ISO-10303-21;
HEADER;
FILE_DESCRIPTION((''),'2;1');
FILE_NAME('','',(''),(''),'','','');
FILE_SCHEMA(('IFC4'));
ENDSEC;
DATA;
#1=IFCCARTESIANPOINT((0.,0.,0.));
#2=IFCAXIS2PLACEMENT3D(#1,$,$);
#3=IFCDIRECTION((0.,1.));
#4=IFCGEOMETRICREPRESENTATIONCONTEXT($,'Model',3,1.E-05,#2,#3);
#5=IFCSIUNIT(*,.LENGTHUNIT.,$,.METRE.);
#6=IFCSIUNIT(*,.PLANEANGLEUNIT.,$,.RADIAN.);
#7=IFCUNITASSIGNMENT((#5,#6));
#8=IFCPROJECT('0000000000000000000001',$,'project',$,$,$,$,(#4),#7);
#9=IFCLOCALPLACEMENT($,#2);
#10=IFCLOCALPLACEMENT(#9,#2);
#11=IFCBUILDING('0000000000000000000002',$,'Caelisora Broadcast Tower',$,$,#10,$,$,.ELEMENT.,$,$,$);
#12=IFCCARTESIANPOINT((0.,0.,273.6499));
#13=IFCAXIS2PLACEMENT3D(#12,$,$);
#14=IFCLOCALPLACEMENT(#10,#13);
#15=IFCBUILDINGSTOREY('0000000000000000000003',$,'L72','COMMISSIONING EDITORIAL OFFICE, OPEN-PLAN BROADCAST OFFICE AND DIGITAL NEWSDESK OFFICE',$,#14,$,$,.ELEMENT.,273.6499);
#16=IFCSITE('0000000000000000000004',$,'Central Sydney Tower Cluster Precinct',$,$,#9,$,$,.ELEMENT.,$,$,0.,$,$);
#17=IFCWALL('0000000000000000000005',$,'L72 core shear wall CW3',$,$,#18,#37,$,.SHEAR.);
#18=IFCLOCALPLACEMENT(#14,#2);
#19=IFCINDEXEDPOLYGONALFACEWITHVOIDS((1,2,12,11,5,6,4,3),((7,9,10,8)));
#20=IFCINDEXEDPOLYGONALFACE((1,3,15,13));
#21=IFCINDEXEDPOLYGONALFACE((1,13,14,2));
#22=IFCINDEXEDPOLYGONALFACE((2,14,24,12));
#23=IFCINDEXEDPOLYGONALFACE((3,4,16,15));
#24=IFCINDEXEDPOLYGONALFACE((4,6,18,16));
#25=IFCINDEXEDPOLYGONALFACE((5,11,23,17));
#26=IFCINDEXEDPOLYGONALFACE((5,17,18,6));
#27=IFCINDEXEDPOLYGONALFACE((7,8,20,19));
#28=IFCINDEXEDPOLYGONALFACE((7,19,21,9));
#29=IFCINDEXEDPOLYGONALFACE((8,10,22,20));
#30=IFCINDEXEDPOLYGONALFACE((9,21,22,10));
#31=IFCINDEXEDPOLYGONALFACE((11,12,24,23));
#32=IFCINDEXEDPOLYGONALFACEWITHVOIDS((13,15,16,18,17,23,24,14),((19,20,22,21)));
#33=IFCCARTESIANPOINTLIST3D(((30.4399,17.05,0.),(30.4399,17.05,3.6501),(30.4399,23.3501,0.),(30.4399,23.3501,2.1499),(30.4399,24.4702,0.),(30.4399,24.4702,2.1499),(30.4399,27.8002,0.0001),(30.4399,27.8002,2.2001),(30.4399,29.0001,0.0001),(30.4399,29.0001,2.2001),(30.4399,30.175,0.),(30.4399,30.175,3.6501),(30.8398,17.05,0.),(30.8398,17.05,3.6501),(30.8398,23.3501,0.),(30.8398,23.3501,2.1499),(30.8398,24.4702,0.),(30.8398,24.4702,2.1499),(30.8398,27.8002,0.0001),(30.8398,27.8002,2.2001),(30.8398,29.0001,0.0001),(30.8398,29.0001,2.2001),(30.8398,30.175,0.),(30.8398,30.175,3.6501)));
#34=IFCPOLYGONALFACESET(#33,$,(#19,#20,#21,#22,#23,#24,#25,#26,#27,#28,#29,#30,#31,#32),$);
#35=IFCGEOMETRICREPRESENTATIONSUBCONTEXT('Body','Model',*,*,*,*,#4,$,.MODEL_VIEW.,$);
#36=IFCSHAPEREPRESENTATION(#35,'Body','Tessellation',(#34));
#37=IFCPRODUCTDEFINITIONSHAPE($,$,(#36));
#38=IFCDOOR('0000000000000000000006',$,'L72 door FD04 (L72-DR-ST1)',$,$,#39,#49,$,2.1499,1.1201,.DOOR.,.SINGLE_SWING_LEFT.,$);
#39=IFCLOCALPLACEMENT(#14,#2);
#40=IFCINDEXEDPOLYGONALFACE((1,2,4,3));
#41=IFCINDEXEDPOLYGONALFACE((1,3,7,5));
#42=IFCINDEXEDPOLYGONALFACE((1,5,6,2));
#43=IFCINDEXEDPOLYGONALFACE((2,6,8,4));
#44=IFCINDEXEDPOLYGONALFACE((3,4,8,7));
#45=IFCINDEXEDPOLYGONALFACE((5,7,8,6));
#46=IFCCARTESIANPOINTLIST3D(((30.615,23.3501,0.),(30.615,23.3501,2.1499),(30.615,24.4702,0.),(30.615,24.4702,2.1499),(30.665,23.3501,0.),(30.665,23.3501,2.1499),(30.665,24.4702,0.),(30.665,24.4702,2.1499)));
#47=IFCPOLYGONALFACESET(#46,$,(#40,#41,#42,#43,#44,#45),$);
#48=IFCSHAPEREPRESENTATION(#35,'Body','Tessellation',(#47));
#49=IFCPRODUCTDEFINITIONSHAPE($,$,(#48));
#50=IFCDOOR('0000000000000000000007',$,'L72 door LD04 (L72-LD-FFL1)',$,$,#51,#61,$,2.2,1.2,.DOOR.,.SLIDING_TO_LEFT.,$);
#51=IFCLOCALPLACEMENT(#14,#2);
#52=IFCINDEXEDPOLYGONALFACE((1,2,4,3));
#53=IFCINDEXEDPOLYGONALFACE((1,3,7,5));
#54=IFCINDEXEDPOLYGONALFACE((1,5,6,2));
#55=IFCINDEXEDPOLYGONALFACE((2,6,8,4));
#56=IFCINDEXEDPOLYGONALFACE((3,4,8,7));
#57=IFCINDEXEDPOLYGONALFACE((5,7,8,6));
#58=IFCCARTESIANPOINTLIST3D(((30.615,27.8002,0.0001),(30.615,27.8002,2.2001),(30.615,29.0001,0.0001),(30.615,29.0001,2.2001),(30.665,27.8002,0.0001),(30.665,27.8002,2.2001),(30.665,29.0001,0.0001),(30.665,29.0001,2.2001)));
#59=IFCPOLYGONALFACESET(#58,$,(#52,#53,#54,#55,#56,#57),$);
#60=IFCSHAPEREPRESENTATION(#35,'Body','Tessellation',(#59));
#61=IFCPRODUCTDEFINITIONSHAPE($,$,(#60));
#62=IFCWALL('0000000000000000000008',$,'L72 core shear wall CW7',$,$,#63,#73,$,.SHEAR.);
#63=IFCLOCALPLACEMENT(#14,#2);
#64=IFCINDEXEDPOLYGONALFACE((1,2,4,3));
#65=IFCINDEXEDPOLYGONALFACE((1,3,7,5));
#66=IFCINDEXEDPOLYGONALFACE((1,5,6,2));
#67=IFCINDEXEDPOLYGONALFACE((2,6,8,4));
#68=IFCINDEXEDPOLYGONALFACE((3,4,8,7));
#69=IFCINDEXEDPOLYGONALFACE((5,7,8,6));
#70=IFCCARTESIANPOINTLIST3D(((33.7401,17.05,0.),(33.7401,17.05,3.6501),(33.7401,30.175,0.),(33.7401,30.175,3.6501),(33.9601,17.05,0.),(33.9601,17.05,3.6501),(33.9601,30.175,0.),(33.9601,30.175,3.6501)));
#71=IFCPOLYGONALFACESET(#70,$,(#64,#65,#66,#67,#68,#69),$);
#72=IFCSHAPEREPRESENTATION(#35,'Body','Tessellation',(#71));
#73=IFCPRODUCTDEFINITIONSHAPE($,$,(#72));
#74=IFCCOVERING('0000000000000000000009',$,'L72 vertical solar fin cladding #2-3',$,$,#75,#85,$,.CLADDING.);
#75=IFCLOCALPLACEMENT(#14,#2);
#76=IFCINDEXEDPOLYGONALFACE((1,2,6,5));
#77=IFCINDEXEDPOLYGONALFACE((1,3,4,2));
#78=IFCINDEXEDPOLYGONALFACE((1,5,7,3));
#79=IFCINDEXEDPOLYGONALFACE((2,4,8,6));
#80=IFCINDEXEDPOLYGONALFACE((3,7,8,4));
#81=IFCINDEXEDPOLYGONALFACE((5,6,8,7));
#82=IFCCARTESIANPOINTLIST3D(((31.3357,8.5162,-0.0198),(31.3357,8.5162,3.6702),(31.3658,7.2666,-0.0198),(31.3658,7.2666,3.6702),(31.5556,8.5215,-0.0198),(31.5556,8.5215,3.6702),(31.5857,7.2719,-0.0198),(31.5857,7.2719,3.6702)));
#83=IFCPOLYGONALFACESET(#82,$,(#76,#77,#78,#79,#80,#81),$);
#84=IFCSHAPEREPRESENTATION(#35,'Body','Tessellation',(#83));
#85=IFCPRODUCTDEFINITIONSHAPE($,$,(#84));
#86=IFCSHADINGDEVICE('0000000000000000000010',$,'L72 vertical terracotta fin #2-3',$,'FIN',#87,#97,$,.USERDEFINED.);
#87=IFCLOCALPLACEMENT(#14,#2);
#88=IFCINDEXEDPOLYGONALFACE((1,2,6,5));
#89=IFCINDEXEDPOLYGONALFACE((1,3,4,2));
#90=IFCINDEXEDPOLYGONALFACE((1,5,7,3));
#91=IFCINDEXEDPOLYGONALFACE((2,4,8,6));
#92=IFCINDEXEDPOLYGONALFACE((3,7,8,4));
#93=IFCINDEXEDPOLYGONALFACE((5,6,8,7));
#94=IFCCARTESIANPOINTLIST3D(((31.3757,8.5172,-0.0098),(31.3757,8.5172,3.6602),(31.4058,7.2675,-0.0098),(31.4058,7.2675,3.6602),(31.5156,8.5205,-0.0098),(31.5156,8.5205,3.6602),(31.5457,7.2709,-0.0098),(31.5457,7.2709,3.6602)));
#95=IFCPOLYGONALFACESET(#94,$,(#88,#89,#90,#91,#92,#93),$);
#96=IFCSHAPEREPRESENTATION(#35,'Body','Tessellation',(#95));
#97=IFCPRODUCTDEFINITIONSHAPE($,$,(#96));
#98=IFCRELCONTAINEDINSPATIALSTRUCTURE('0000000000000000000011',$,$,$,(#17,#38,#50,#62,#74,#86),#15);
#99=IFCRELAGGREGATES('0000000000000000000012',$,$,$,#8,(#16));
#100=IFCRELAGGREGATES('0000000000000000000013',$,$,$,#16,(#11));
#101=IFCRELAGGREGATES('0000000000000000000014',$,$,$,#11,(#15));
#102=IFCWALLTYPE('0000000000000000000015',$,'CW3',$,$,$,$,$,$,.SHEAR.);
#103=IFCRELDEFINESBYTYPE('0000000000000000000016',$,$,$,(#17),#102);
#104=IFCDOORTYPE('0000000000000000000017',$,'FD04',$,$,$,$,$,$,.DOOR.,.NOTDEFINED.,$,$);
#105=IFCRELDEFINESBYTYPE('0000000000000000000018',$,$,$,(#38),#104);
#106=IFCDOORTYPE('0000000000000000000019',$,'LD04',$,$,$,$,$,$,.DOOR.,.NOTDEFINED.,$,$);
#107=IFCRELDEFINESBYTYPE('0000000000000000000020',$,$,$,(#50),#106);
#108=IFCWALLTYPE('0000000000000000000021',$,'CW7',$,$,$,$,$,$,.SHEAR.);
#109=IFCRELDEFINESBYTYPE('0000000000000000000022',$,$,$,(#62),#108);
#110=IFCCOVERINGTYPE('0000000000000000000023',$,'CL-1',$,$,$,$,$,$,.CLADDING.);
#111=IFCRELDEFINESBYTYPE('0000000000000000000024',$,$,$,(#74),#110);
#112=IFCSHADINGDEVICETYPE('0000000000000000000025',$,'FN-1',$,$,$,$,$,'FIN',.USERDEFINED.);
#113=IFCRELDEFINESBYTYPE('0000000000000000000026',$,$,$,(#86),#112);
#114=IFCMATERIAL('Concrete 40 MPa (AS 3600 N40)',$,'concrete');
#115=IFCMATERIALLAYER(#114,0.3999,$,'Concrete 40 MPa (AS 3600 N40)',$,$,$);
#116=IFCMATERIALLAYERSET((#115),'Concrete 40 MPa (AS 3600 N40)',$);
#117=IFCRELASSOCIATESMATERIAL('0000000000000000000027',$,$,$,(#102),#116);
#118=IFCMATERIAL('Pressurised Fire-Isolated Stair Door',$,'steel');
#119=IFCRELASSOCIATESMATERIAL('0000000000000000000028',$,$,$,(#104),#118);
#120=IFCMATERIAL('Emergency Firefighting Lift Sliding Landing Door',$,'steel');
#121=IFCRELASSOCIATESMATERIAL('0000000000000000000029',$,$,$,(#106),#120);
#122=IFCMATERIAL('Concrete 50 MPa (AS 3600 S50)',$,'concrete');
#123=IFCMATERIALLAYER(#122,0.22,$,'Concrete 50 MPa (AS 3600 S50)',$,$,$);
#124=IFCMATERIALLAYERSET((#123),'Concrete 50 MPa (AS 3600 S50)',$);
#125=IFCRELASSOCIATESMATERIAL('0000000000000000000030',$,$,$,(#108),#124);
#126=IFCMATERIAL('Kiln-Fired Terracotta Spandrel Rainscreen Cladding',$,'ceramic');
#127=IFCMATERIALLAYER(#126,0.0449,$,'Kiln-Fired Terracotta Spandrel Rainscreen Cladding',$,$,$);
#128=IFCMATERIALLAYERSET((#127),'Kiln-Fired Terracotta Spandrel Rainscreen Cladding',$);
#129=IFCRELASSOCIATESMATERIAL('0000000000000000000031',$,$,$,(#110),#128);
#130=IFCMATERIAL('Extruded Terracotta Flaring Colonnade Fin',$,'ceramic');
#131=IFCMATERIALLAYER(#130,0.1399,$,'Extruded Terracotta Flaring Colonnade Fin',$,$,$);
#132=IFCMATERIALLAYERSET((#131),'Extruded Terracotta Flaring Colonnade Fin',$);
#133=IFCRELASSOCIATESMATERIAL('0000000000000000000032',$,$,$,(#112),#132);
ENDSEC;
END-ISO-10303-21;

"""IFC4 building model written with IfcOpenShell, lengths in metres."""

from ifc_helpers import new_model, si_unit, direction, frame, frame_2d, origin, origin_2d, place, context, subcontext, project, spatial, rectangle, extrude, source, transform, mapped, material, layer, layer_set, type_object, type_shapes, element, fill, save


model = new_model("IFC4")

# Units and contexts
model_context = context("Model", 3, precision=1e-05, world=origin(), true_north=direction((0.0, 1.0)))
body_context = subcontext(model_context, "Body", "Model", "MODEL_VIEW")
ifc_project = project(units=[si_unit("LENGTHUNIT", "METRE"), si_unit("PLANEANGLEUNIT", "RADIAN")], contexts=[model_context])

# Site, building, storey
site_placement = place(None, origin())
site = spatial("IfcSite", under=ifc_project, at=site_placement, Name="Central Sydney Tower Cluster Precinct", CompositionType="ELEMENT", RefElevation=0.0)
building_placement = place(site_placement, origin())
building = spatial("IfcBuilding", under=site, at=building_placement, Name="Caelisora Broadcast Tower", CompositionType="ELEMENT")
storey_placement = place(building_placement, frame((0.0, 0.0, 273.6499)))
storey = spatial("IfcBuildingStorey", under=building, at=storey_placement, Name="L72", Description="COMMISSIONING EDITORIAL OFFICE, OPEN-PLAN BROADCAST OFFICE AND DIGITAL NEWSDESK OFFICE", CompositionType="ELEMENT", Elevation=273.6499)

# Wall, openings, doors
ifc_material_1 = material(Name="Concrete 40 MPa (AS 3600 N40)", Category="concrete")
ifc_layer_1 = layer(ifc_material_1, 0.3999, Name="Concrete 40 MPa (AS 3600 N40)")
ifc_layer_set_1 = layer_set([ifc_layer_1], Name="Concrete 40 MPa (AS 3600 N40)")
wall_type_1 = type_object("IfcWallType", Name="CW3", PredefinedType="SHEAR", material=ifc_layer_set_1)
wall_1_placement = place(storey_placement, frame((30.6399, 17.05, 0.0), z_axis=(0.0, 0.0, 1.0), x_axis=(0.0, 1.0, 0.0)))
wall_1 = element("IfcWall", 1, at=wall_1_placement, inside=storey, type_object=wall_type_1, Name="L72 core shear wall CW3", PredefinedType="SHEAR", context=body_context, shape_type="SweptSolid", body=[
    extrude(rectangle(XDim=13.125, YDim=0.3999, at=frame_2d((6.5625, 0.0))), origin(), (0.0, 0.0, 1.0), 3.6501),
])
opening_1_placement = place(wall_1_placement, frame((6.3, 0.0, 0.0)))
opening_1 = element("IfcOpeningElement", 2, at=opening_1_placement, cuts=wall_1, PredefinedType="OPENING", context=body_context, shape_type="SweptSolid", body=[
    extrude(rectangle(XDim=1.1201, YDim=2.1499, at=frame_2d((0.5601, 1.075))), frame((0.0, 0.2119, 0.0), z_axis=(0.0, -1.0, 0.0), x_axis=(1.0, 0.0, 0.0)), (0.0, 0.0, 1.0), 0.4238),
])
opening_2_placement = place(wall_1_placement, frame((10.75, 0.0, 0.0)))
opening_2 = element("IfcOpeningElement", 3, at=opening_2_placement, cuts=wall_1, PredefinedType="OPENING", context=body_context, shape_type="SweptSolid", body=[
    extrude(rectangle(XDim=1.2, YDim=2.2, at=frame_2d((0.6001, 1.1001))), frame((0.0, 0.2119, 0.0), z_axis=(0.0, -1.0, 0.0), x_axis=(1.0, 0.0, 0.0)), (0.0, 0.0, 1.0), 0.4238),
])
ifc_material_2 = material(Name="Pressurised Fire-Isolated Stair Door", Category="steel")
door_type_1 = type_object("IfcDoorType", Name="FD04", OperationType="NOTDEFINED", PredefinedType="DOOR", material=ifc_material_2)
door_1_placement = place(opening_1_placement, origin())
door_1 = element("IfcDoor", 4, at=door_1_placement, inside=storey, type_object=door_type_1, Name="L72 door FD04 (L72-DR-ST1)", OperationType="SINGLE_SWING_LEFT", OverallHeight=2.1499, OverallWidth=1.1201, PredefinedType="DOOR", context=body_context, shape_type="SweptSolid", body=[
    extrude(rectangle(XDim=1.1201, YDim=2.1499, at=frame_2d((0.5601, 1.075))), frame((0.0, 0.0249, 0.0), z_axis=(0.0, -1.0, 0.0), x_axis=(1.0, 0.0, 0.0)), (0.0, 0.0, 1.0), 0.05),
])
fill(opening_1, door_1)
ifc_material_3 = material(Name="Emergency Firefighting Lift Sliding Landing Door", Category="steel")
door_type_2 = type_object("IfcDoorType", Name="LD04", OperationType="NOTDEFINED", PredefinedType="DOOR", material=ifc_material_3)
door_2_placement = place(opening_2_placement, origin())
door_2 = element("IfcDoor", 5, at=door_2_placement, inside=storey, type_object=door_type_2, Name="L72 door LD04 (L72-LD-FFL1)", OperationType="SLIDING_TO_LEFT", OverallHeight=2.2, OverallWidth=1.2, PredefinedType="DOOR", context=body_context, shape_type="SweptSolid", body=[
    extrude(rectangle(XDim=1.2, YDim=2.2, at=frame_2d((0.6001, 1.1001))), frame((0.0, 0.0249, 0.0), z_axis=(0.0, -1.0, 0.0), x_axis=(1.0, 0.0, 0.0)), (0.0, 0.0, 1.0), 0.05),
])
fill(opening_2, door_2)

# Wall
ifc_material_4 = material(Name="Concrete 50 MPa (AS 3600 S50)", Category="concrete")
ifc_layer_2 = layer(ifc_material_4, 0.22, Name="Concrete 50 MPa (AS 3600 S50)")
ifc_layer_set_2 = layer_set([ifc_layer_2], Name="Concrete 50 MPa (AS 3600 S50)")
wall_type_2 = type_object("IfcWallType", Name="CW7", PredefinedType="SHEAR", material=ifc_layer_set_2)
wall_2_placement = place(storey_placement, frame((33.8501, 17.05, 0.0), z_axis=(0.0, 0.0, 1.0), x_axis=(0.0, 1.0, 0.0)))
element("IfcWall", 6, at=wall_2_placement, inside=storey, type_object=wall_type_2, Name="L72 core shear wall CW7", PredefinedType="SHEAR", context=body_context, shape_type="SweptSolid", body=[
    extrude(rectangle(XDim=13.125, YDim=0.22, at=frame_2d((6.5625, 0.0))), origin(), (0.0, 0.0, 1.0), 3.6501),
])

# Covering
ifc_material_5 = material(Name="Kiln-Fired Terracotta Spandrel Rainscreen Cladding", Category="ceramic")
ifc_layer_3 = layer(ifc_material_5, 0.0449, Name="Kiln-Fired Terracotta Spandrel Rainscreen Cladding")
ifc_layer_set_3 = layer_set([ifc_layer_3], Name="Kiln-Fired Terracotta Spandrel Rainscreen Cladding")
covering_type = type_object("IfcCoveringType", Name="CL-1", PredefinedType="CLADDING", material=ifc_layer_set_3)
shared_shape_1 = source(origin(), body_context, "Body", "SweptSolid", [
    extrude(rectangle(XDim=0.22, YDim=1.25, at=origin_2d()), origin(), (0.0, 0.0, 1.0), 3.6899),
])
type_shapes(covering_type, [shared_shape_1])
covering_placement = place(storey_placement, frame((31.4607, 7.894, -0.0198), z_axis=(0.0, 0.0, 1.0), x_axis=(-0.99971, -0.024083, 0.0)))
element("IfcCovering", 7, at=covering_placement, inside=storey, type_object=covering_type, Name="L72 vertical solar fin cladding #2-3", PredefinedType="CLADDING", context=body_context, shape_type="MappedRepresentation", body=[
    mapped(shared_shape_1, transform((0.0, 0.0, 0.0), scale=1.0)),
])

# Shading device
ifc_material_6 = material(Name="Extruded Terracotta Flaring Colonnade Fin", Category="ceramic")
ifc_layer_4 = layer(ifc_material_6, 0.1399, Name="Extruded Terracotta Flaring Colonnade Fin")
ifc_layer_set_4 = layer_set([ifc_layer_4], Name="Extruded Terracotta Flaring Colonnade Fin")
shading_device_type = type_object("IfcShadingDeviceType", Name="FN-1", ElementType="FIN", PredefinedType="USERDEFINED", material=ifc_layer_set_4)
shared_shape_2 = source(origin(), body_context, "Body", "SweptSolid", [
    extrude(rectangle(XDim=0.1399, YDim=1.25, at=origin_2d()), origin(), (0.0, 0.0, 1.0), 3.6699),
])
type_shapes(shading_device_type, [shared_shape_2])
shading_device_placement = place(storey_placement, frame((31.4607, 7.894, -0.0098), z_axis=(0.0, 0.0, 1.0), x_axis=(-0.99971, -0.024083, 0.0)))
element("IfcShadingDevice", 8, at=shading_device_placement, inside=storey, type_object=shading_device_type, Name="L72 vertical terracotta fin #2-3", ObjectType="FIN", PredefinedType="USERDEFINED", context=body_context, shape_type="MappedRepresentation", body=[
    mapped(shared_shape_2, transform((0.0, 0.0, 0.0), scale=1.0)),
])

save(model, "model.ifc")
